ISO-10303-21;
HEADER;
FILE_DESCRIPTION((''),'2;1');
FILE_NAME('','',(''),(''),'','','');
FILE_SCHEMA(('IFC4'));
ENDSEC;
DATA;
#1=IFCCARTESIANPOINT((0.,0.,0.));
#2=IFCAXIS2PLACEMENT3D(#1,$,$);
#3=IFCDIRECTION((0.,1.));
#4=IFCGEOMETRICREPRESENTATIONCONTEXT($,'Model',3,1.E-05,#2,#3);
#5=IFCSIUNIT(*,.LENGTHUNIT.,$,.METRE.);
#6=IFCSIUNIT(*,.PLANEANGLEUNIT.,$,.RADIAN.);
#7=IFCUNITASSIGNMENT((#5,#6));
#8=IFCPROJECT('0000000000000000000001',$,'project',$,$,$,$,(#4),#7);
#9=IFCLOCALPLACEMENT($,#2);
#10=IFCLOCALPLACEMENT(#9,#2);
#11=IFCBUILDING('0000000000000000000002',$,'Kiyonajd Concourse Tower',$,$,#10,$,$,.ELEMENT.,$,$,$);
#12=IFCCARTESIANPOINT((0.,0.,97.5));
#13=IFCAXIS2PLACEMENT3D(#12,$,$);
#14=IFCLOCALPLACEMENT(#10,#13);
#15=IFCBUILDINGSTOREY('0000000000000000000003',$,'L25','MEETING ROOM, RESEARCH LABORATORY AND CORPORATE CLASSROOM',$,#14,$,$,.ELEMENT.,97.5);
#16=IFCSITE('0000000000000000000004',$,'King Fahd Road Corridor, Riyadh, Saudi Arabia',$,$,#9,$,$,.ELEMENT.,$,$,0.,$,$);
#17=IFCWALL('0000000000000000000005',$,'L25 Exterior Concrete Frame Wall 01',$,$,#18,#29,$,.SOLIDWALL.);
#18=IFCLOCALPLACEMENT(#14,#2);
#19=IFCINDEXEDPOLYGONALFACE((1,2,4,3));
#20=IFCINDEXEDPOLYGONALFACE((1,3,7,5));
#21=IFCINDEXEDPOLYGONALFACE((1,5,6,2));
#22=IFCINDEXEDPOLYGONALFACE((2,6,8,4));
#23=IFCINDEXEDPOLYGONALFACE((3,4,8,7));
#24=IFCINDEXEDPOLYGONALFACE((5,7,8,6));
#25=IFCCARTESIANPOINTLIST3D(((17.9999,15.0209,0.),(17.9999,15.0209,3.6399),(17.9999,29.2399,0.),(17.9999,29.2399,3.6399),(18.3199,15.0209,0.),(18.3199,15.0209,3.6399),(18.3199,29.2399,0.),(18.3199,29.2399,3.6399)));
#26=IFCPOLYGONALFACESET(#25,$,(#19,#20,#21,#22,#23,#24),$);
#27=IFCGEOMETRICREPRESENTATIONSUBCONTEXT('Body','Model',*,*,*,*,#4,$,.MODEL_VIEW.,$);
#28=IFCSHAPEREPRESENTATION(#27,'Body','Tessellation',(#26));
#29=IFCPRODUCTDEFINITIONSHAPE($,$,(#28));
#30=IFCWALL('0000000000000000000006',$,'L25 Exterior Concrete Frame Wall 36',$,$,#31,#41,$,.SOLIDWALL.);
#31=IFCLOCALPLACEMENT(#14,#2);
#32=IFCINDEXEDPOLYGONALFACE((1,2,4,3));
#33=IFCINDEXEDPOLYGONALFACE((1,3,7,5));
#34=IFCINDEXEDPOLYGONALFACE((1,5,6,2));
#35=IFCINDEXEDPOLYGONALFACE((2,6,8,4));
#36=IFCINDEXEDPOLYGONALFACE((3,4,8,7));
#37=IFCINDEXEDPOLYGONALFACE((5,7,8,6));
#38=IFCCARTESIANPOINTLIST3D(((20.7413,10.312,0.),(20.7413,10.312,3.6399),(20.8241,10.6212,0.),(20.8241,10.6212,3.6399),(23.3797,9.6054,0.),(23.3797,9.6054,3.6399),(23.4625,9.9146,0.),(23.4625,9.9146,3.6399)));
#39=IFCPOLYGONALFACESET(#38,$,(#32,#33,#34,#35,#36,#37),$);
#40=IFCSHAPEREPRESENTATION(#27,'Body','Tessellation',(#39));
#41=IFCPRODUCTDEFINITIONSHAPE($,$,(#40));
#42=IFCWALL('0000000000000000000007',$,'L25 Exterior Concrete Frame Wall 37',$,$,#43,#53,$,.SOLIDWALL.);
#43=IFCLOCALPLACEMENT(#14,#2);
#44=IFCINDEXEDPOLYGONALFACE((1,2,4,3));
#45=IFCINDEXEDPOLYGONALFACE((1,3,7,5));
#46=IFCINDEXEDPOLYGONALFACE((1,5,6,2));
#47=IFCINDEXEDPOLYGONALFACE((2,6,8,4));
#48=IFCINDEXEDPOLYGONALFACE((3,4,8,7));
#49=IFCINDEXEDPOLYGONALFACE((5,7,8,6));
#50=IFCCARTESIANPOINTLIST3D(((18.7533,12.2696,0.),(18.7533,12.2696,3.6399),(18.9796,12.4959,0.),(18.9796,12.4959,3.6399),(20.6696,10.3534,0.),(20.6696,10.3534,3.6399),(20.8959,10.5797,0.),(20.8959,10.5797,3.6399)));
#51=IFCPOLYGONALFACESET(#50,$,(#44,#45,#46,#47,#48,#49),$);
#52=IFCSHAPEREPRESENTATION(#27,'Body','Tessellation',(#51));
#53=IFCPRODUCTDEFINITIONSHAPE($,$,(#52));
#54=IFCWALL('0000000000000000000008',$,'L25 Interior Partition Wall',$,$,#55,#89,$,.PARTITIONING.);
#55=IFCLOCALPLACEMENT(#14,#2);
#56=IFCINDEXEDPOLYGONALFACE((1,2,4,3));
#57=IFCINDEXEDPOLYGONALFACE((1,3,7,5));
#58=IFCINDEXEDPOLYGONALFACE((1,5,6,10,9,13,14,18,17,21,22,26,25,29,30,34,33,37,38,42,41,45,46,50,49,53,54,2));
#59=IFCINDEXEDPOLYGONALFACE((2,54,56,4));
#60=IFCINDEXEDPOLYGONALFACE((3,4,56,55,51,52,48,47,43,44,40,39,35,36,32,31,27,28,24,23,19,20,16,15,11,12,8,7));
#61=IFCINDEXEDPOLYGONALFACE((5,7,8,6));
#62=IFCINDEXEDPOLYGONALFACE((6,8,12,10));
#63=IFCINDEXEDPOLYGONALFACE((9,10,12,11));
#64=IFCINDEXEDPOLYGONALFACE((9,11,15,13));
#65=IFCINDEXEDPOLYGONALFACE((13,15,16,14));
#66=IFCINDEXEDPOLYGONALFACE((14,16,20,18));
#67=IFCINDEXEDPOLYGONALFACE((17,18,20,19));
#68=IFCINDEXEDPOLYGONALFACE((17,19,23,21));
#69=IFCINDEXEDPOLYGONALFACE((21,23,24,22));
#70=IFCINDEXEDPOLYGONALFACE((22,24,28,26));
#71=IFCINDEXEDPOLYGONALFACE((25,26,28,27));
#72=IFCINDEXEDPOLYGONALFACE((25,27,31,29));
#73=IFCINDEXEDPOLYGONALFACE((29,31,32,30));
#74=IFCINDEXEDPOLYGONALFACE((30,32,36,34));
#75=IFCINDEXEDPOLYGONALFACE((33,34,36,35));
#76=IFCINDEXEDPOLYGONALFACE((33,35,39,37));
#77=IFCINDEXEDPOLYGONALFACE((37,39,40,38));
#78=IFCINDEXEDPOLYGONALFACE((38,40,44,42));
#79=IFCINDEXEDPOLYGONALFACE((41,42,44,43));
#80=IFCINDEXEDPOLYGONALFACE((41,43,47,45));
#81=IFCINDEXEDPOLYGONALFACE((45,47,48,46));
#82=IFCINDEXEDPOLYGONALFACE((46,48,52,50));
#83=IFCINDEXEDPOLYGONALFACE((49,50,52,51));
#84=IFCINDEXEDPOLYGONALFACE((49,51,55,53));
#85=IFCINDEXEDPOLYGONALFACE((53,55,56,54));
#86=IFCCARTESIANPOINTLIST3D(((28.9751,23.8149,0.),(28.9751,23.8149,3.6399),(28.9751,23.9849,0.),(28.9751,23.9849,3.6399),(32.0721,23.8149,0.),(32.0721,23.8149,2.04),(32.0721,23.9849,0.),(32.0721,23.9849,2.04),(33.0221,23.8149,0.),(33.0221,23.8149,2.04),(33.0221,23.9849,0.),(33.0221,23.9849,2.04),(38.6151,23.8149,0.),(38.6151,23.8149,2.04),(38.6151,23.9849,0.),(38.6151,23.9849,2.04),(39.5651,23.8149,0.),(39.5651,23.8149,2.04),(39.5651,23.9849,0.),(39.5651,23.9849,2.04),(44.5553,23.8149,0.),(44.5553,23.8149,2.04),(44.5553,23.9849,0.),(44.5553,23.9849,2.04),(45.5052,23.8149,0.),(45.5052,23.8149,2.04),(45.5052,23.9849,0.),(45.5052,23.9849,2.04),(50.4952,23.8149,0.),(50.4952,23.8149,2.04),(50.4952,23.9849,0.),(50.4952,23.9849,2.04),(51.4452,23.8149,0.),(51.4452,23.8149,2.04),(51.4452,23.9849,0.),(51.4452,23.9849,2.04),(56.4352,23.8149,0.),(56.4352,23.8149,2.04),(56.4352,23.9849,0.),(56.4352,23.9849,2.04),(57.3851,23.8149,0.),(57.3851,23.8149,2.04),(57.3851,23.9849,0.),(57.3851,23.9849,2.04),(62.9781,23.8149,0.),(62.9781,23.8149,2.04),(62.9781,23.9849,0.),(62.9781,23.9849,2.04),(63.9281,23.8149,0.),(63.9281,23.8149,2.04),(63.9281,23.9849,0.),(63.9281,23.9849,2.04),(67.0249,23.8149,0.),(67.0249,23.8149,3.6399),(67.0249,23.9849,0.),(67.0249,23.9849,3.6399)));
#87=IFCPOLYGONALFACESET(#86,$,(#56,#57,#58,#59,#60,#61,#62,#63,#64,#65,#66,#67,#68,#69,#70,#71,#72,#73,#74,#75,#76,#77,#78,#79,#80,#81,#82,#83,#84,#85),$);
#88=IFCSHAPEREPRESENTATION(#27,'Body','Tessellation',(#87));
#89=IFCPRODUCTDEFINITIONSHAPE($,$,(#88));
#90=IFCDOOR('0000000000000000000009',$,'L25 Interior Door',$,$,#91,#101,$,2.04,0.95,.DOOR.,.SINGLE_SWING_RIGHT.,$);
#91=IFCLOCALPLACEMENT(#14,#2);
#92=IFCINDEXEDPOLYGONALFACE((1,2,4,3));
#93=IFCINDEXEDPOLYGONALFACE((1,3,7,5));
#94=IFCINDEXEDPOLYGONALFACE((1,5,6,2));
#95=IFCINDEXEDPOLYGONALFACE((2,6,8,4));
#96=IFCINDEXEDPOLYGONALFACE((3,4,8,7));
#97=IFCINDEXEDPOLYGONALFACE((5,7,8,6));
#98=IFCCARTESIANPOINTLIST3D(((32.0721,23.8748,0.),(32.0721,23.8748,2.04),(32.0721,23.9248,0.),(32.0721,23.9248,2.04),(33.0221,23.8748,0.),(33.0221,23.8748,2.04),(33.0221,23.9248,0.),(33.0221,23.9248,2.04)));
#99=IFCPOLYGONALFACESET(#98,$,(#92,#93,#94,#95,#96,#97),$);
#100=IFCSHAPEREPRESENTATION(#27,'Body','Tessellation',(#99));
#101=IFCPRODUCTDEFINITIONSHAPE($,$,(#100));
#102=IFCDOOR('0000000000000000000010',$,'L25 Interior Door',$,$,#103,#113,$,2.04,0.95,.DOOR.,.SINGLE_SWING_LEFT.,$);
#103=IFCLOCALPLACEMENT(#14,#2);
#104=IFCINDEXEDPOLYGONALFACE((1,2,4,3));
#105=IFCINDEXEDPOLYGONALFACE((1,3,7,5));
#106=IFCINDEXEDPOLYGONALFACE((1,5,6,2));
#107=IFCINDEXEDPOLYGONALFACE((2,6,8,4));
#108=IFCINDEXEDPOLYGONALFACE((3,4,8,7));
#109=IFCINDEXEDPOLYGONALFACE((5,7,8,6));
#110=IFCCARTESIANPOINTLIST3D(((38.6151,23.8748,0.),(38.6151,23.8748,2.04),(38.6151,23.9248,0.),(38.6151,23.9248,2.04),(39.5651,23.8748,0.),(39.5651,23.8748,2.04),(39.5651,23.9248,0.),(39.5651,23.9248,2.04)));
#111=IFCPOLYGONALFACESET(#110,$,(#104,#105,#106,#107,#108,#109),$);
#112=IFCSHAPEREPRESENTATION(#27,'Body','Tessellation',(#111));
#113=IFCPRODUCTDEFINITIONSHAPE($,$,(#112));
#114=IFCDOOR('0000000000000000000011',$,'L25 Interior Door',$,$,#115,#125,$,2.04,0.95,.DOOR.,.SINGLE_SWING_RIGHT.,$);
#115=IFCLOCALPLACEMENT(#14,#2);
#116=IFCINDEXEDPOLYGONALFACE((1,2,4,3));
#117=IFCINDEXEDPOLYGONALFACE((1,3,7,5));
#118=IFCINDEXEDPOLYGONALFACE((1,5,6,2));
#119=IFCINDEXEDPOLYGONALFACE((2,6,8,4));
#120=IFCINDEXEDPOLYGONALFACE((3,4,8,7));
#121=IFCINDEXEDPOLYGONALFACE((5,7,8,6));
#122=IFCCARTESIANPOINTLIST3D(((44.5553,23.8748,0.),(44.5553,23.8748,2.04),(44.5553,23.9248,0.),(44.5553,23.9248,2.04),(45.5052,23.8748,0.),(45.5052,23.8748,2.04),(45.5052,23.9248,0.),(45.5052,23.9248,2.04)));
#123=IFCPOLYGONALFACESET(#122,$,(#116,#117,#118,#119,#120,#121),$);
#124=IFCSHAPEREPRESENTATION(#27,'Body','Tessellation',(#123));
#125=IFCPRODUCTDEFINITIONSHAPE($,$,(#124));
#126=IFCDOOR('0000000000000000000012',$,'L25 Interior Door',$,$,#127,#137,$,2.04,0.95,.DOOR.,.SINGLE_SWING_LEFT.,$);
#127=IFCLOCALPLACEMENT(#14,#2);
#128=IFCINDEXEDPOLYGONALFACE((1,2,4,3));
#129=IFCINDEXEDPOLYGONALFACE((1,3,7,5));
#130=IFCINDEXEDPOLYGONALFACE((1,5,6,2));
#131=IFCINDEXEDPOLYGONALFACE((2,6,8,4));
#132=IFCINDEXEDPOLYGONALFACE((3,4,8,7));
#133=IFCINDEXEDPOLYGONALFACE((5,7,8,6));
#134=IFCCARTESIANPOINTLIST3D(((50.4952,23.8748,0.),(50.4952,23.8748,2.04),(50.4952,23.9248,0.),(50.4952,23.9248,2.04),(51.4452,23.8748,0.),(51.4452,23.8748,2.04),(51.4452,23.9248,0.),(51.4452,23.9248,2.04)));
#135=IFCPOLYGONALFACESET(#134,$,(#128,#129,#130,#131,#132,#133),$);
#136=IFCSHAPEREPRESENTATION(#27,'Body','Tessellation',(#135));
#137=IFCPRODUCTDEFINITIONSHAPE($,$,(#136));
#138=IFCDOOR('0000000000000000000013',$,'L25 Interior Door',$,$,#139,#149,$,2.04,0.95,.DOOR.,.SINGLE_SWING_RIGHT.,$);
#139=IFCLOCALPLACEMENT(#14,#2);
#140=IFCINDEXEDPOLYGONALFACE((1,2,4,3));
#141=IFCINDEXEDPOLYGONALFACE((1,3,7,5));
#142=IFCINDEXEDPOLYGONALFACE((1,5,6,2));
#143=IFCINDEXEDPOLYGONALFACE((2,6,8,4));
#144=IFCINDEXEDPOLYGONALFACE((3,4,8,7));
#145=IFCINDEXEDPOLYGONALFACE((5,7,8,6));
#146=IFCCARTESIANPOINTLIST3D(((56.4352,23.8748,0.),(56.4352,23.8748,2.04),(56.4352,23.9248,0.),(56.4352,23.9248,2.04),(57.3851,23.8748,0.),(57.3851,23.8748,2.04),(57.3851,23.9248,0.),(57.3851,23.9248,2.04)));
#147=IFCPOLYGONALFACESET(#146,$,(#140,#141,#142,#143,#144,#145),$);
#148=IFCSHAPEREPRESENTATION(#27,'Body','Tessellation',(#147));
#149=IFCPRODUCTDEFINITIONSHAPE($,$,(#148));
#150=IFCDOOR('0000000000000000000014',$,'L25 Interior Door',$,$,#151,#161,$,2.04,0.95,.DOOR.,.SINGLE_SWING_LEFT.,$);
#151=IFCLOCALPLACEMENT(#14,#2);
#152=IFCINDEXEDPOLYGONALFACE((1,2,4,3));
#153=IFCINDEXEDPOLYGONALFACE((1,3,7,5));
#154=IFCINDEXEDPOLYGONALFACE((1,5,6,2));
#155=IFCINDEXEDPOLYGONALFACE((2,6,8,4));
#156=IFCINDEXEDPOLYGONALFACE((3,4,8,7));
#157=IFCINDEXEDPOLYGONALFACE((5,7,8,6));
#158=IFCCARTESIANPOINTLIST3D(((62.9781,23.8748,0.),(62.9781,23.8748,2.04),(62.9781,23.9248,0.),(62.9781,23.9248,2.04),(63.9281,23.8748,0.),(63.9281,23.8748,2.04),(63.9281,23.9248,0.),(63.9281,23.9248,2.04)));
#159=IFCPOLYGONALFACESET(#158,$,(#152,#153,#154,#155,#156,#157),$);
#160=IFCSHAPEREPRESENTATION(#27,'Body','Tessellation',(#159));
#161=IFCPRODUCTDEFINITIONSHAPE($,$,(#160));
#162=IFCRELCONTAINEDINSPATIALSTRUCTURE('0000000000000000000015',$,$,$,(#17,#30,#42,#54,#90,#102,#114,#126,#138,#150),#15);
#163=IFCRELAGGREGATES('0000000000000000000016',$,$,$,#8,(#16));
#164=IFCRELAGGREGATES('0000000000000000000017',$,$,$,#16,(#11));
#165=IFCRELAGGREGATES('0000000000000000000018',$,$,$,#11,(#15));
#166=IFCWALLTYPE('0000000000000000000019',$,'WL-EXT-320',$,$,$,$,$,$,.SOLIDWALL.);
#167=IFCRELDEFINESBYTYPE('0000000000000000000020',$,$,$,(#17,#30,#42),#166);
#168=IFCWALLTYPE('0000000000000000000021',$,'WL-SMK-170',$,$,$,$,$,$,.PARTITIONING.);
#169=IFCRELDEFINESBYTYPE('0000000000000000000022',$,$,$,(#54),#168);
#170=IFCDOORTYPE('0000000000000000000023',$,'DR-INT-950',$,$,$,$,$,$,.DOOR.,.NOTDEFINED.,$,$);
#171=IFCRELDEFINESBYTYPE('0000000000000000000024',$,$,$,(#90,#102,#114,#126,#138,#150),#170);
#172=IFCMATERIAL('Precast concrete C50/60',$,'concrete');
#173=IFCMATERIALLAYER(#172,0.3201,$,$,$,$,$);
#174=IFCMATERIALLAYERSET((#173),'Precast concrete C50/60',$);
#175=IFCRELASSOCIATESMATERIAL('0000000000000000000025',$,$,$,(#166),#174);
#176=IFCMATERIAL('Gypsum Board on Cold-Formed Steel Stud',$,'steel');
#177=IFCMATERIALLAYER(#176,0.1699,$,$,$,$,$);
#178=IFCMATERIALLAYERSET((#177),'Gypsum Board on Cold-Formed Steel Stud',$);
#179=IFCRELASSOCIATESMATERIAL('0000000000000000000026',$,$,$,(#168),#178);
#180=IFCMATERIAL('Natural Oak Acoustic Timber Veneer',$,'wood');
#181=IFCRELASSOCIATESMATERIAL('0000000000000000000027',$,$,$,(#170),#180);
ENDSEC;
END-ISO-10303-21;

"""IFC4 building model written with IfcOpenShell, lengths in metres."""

from ifc_helpers import new_model, si_unit, direction, frame, frame_2d, origin, place, context, subcontext, project, spatial, rectangle, extrude, material, layer, layer_set, type_object, element, fill, save


model = new_model("IFC4")

# Units and contexts
model_context = context("Model", 3, precision=1e-05, world=origin(), true_north=direction((0.0, 1.0)))
body_context = subcontext(model_context, "Body", "Model", "MODEL_VIEW")
ifc_project = project(units=[si_unit("LENGTHUNIT", "METRE"), si_unit("PLANEANGLEUNIT", "RADIAN")], contexts=[model_context])

# Site, building, storey
site_placement = place(None, origin())
site = spatial("IfcSite", under=ifc_project, at=site_placement, Name="King Fahd Road Corridor, Riyadh, Saudi Arabia", CompositionType="ELEMENT", RefElevation=0.0)
building_placement = place(site_placement, origin())
building = spatial("IfcBuilding", under=site, at=building_placement, Name="Kiyonajd Concourse Tower", CompositionType="ELEMENT")
storey_placement = place(building_placement, frame((0.0, 0.0, 97.5)))
storey = spatial("IfcBuildingStorey", under=building, at=storey_placement, Name="L25", Description="MEETING ROOM, RESEARCH LABORATORY AND CORPORATE CLASSROOM", CompositionType="ELEMENT", Elevation=97.5)

# Shared definitions
ifc_material_1 = material(Name="Precast concrete C50/60", Category="concrete")

# Walls
ifc_layer_1 = layer(ifc_material_1, 0.3201)
ifc_layer_set_1 = layer_set([ifc_layer_1], Name="Precast concrete C50/60")
wall_type_1 = type_object("IfcWallType", Name="WL-EXT-320", PredefinedType="SOLIDWALL", material=ifc_layer_set_1)
wall_1_placement = place(storey_placement, frame((18.1599, 15.021, 0.0), z_axis=(0.0, 0.0, 1.0), x_axis=(0.0, 1.0, 0.0)))
element("IfcWall", 1, at=wall_1_placement, inside=storey, type_object=wall_type_1, Name="L25 Exterior Concrete Frame Wall 01", PredefinedType="SOLIDWALL", context=body_context, shape_type="SweptSolid", body=[
    extrude(rectangle(XDim=14.219, YDim=0.3201, at=frame_2d((7.1094, 0.0))), origin(), (0.0, 0.0, 1.0), 3.6399),
])
wall_2_placement = place(storey_placement, frame((23.4211, 9.76, 0.0), z_axis=(0.0, 0.0, 1.0), x_axis=(-0.965964, 0.258675, 0.0)))
element("IfcWall", 2, at=wall_2_placement, inside=storey, type_object=wall_type_1, Name="L25 Exterior Concrete Frame Wall 36", PredefinedType="SOLIDWALL", context=body_context, shape_type="SweptSolid", body=[
    extrude(rectangle(XDim=2.7314, YDim=0.3201, at=frame_2d((1.3657, 0.0))), origin(), (0.0, 0.0, 1.0), 3.6399),
])
wall_3_placement = place(storey_placement, frame((20.7827, 10.4666, 0.0), z_axis=(0.0, 0.0, 1.0), x_axis=(-0.707107, 0.707107, 0.0)))
element("IfcWall", 3, at=wall_3_placement, inside=storey, type_object=wall_type_1, Name="L25 Exterior Concrete Frame Wall 37", PredefinedType="SOLIDWALL", context=body_context, shape_type="SweptSolid", body=[
    extrude(rectangle(XDim=2.71, YDim=0.3201, at=frame_2d((1.355, 0.0))), origin(), (0.0, 0.0, 1.0), 3.6399),
])

# Wall, openings, doors
ifc_material_2 = material(Name="Gypsum Board on Cold-Formed Steel Stud", Category="steel")
ifc_layer_2 = layer(ifc_material_2, 0.1699)
ifc_layer_set_2 = layer_set([ifc_layer_2], Name="Gypsum Board on Cold-Formed Steel Stud")
wall_type_2 = type_object("IfcWallType", Name="WL-SMK-170", PredefinedType="PARTITIONING", material=ifc_layer_set_2)
wall_4_placement = place(storey_placement, frame((28.9751, 23.8999, 0.0), z_axis=(0.0, 0.0, 1.0), x_axis=(1.0, 0.0, 0.0)))
wall_4 = element("IfcWall", 4, at=wall_4_placement, inside=storey, type_object=wall_type_2, Name="L25 Interior Partition Wall", PredefinedType="PARTITIONING", context=body_context, shape_type="SweptSolid", body=[
    extrude(rectangle(XDim=38.0498, YDim=0.1699, at=frame_2d((19.0249, 0.0))), origin(), (0.0, 0.0, 1.0), 3.6399),
])
opening_1_placement = place(wall_4_placement, frame((3.0969, 0.0, 0.0)))
opening_1 = element("IfcOpeningElement", 5, at=opening_1_placement, cuts=wall_4, PredefinedType="OPENING", context=body_context, shape_type="SweptSolid", body=[
    extrude(rectangle(XDim=0.95, YDim=2.04, at=frame_2d((0.4751, 1.02))), frame((0.0, 0.095, 0.0), z_axis=(0.0, -1.0, 0.0), x_axis=(1.0, 0.0, 0.0)), (0.0, 0.0, 1.0), 0.1899),
])
opening_2_placement = place(wall_4_placement, frame((9.6399, 0.0, 0.0)))
opening_2 = element("IfcOpeningElement", 6, at=opening_2_placement, cuts=wall_4, PredefinedType="OPENING", context=body_context, shape_type="SweptSolid", body=[
    extrude(rectangle(XDim=0.95, YDim=2.04, at=frame_2d((0.4751, 1.02))), frame((0.0, 0.095, 0.0), z_axis=(0.0, -1.0, 0.0), x_axis=(1.0, 0.0, 0.0)), (0.0, 0.0, 1.0), 0.1899),
])
opening_3_placement = place(wall_4_placement, frame((15.5801, 0.0, 0.0)))
opening_3 = element("IfcOpeningElement", 7, at=opening_3_placement, cuts=wall_4, PredefinedType="OPENING", context=body_context, shape_type="SweptSolid", body=[
    extrude(rectangle(XDim=0.95, YDim=2.04, at=frame_2d((0.4751, 1.02))), frame((0.0, 0.095, 0.0), z_axis=(0.0, -1.0, 0.0), x_axis=(1.0, 0.0, 0.0)), (0.0, 0.0, 1.0), 0.1899),
])
opening_4_placement = place(wall_4_placement, frame((21.52, 0.0, 0.0)))
opening_4 = element("IfcOpeningElement", 8, at=opening_4_placement, cuts=wall_4, PredefinedType="OPENING", context=body_context, shape_type="SweptSolid", body=[
    extrude(rectangle(XDim=0.95, YDim=2.04, at=frame_2d((0.4751, 1.02))), frame((0.0, 0.095, 0.0), z_axis=(0.0, -1.0, 0.0), x_axis=(1.0, 0.0, 0.0)), (0.0, 0.0, 1.0), 0.1899),
])
opening_5_placement = place(wall_4_placement, frame((27.46, 0.0, 0.0)))
opening_5 = element("IfcOpeningElement", 9, at=opening_5_placement, cuts=wall_4, PredefinedType="OPENING", context=body_context, shape_type="SweptSolid", body=[
    extrude(rectangle(XDim=0.95, YDim=2.04, at=frame_2d((0.4751, 1.02))), frame((0.0, 0.095, 0.0), z_axis=(0.0, -1.0, 0.0), x_axis=(1.0, 0.0, 0.0)), (0.0, 0.0, 1.0), 0.1899),
])
opening_6_placement = place(wall_4_placement, frame((34.0029, 0.0, 0.0)))
opening_6 = element("IfcOpeningElement", 10, at=opening_6_placement, cuts=wall_4, PredefinedType="OPENING", context=body_context, shape_type="SweptSolid", body=[
    extrude(rectangle(XDim=0.95, YDim=2.04, at=frame_2d((0.4751, 1.02))), frame((0.0, 0.095, 0.0), z_axis=(0.0, -1.0, 0.0), x_axis=(1.0, 0.0, 0.0)), (0.0, 0.0, 1.0), 0.1899),
])
ifc_material_3 = material(Name="Natural Oak Acoustic Timber Veneer", Category="wood")
door_type = type_object("IfcDoorType", Name="DR-INT-950", OperationType="NOTDEFINED", PredefinedType="DOOR", material=ifc_material_3)
door_1_placement = place(opening_1_placement, origin())
door_1 = element("IfcDoor", 11, at=door_1_placement, inside=storey, type_object=door_type, Name="L25 Interior Door", OperationType="SINGLE_SWING_RIGHT", OverallHeight=2.04, OverallWidth=0.95, PredefinedType="DOOR", context=body_context, shape_type="SweptSolid", body=[
    extrude(rectangle(XDim=0.95, YDim=2.04, at=frame_2d((0.4751, 1.02))), frame((0.0, 0.0249, 0.0), z_axis=(0.0, -1.0, 0.0), x_axis=(1.0, 0.0, 0.0)), (0.0, 0.0, 1.0), 0.05),
])
fill(opening_1, door_1)
door_2_placement = place(opening_2_placement, origin())
door_2 = element("IfcDoor", 12, at=door_2_placement, inside=storey, type_object=door_type, Name="L25 Interior Door", OperationType="SINGLE_SWING_LEFT", OverallHeight=2.04, OverallWidth=0.95, PredefinedType="DOOR", context=body_context, shape_type="SweptSolid", body=[
    extrude(rectangle(XDim=0.95, YDim=2.04, at=frame_2d((0.4751, 1.02))), frame((0.0, 0.0249, 0.0), z_axis=(0.0, -1.0, 0.0), x_axis=(1.0, 0.0, 0.0)), (0.0, 0.0, 1.0), 0.05),
])
fill(opening_2, door_2)
door_3_placement = place(opening_3_placement, origin())
door_3 = element("IfcDoor", 13, at=door_3_placement, inside=storey, type_object=door_type, Name="L25 Interior Door", OperationType="SINGLE_SWING_RIGHT", OverallHeight=2.04, OverallWidth=0.95, PredefinedType="DOOR", context=body_context, shape_type="SweptSolid", body=[
    extrude(rectangle(XDim=0.95, YDim=2.04, at=frame_2d((0.4751, 1.02))), frame((0.0, 0.0249, 0.0), z_axis=(0.0, -1.0, 0.0), x_axis=(1.0, 0.0, 0.0)), (0.0, 0.0, 1.0), 0.05),
])
fill(opening_3, door_3)
door_4_placement = place(opening_4_placement, origin())
door_4 = element("IfcDoor", 14, at=door_4_placement, inside=storey, type_object=door_type, Name="L25 Interior Door", OperationType="SINGLE_SWING_LEFT", OverallHeight=2.04, OverallWidth=0.95, PredefinedType="DOOR", context=body_context, shape_type="SweptSolid", body=[
    extrude(rectangle(XDim=0.95, YDim=2.04, at=frame_2d((0.4751, 1.02))), frame((0.0, 0.0249, 0.0), z_axis=(0.0, -1.0, 0.0), x_axis=(1.0, 0.0, 0.0)), (0.0, 0.0, 1.0), 0.05),
])
fill(opening_4, door_4)
door_5_placement = place(opening_5_placement, origin())
door_5 = element("IfcDoor", 15, at=door_5_placement, inside=storey, type_object=door_type, Name="L25 Interior Door", OperationType="SINGLE_SWING_RIGHT", OverallHeight=2.04, OverallWidth=0.95, PredefinedType="DOOR", context=body_context, shape_type="SweptSolid", body=[
    extrude(rectangle(XDim=0.95, YDim=2.04, at=frame_2d((0.4751, 1.02))), frame((0.0, 0.0249, 0.0), z_axis=(0.0, -1.0, 0.0), x_axis=(1.0, 0.0, 0.0)), (0.0, 0.0, 1.0), 0.05),
])
fill(opening_5, door_5)
door_6_placement = place(opening_6_placement, origin())
door_6 = element("IfcDoor", 16, at=door_6_placement, inside=storey, type_object=door_type, Name="L25 Interior Door", OperationType="SINGLE_SWING_LEFT", OverallHeight=2.04, OverallWidth=0.95, PredefinedType="DOOR", context=body_context, shape_type="SweptSolid", body=[
    extrude(rectangle(XDim=0.95, YDim=2.04, at=frame_2d((0.4751, 1.02))), frame((0.0, 0.0249, 0.0), z_axis=(0.0, -1.0, 0.0), x_axis=(1.0, 0.0, 0.0)), (0.0, 0.0, 1.0), 0.05),
])
fill(opening_6, door_6)

save(model, "model.ifc")
